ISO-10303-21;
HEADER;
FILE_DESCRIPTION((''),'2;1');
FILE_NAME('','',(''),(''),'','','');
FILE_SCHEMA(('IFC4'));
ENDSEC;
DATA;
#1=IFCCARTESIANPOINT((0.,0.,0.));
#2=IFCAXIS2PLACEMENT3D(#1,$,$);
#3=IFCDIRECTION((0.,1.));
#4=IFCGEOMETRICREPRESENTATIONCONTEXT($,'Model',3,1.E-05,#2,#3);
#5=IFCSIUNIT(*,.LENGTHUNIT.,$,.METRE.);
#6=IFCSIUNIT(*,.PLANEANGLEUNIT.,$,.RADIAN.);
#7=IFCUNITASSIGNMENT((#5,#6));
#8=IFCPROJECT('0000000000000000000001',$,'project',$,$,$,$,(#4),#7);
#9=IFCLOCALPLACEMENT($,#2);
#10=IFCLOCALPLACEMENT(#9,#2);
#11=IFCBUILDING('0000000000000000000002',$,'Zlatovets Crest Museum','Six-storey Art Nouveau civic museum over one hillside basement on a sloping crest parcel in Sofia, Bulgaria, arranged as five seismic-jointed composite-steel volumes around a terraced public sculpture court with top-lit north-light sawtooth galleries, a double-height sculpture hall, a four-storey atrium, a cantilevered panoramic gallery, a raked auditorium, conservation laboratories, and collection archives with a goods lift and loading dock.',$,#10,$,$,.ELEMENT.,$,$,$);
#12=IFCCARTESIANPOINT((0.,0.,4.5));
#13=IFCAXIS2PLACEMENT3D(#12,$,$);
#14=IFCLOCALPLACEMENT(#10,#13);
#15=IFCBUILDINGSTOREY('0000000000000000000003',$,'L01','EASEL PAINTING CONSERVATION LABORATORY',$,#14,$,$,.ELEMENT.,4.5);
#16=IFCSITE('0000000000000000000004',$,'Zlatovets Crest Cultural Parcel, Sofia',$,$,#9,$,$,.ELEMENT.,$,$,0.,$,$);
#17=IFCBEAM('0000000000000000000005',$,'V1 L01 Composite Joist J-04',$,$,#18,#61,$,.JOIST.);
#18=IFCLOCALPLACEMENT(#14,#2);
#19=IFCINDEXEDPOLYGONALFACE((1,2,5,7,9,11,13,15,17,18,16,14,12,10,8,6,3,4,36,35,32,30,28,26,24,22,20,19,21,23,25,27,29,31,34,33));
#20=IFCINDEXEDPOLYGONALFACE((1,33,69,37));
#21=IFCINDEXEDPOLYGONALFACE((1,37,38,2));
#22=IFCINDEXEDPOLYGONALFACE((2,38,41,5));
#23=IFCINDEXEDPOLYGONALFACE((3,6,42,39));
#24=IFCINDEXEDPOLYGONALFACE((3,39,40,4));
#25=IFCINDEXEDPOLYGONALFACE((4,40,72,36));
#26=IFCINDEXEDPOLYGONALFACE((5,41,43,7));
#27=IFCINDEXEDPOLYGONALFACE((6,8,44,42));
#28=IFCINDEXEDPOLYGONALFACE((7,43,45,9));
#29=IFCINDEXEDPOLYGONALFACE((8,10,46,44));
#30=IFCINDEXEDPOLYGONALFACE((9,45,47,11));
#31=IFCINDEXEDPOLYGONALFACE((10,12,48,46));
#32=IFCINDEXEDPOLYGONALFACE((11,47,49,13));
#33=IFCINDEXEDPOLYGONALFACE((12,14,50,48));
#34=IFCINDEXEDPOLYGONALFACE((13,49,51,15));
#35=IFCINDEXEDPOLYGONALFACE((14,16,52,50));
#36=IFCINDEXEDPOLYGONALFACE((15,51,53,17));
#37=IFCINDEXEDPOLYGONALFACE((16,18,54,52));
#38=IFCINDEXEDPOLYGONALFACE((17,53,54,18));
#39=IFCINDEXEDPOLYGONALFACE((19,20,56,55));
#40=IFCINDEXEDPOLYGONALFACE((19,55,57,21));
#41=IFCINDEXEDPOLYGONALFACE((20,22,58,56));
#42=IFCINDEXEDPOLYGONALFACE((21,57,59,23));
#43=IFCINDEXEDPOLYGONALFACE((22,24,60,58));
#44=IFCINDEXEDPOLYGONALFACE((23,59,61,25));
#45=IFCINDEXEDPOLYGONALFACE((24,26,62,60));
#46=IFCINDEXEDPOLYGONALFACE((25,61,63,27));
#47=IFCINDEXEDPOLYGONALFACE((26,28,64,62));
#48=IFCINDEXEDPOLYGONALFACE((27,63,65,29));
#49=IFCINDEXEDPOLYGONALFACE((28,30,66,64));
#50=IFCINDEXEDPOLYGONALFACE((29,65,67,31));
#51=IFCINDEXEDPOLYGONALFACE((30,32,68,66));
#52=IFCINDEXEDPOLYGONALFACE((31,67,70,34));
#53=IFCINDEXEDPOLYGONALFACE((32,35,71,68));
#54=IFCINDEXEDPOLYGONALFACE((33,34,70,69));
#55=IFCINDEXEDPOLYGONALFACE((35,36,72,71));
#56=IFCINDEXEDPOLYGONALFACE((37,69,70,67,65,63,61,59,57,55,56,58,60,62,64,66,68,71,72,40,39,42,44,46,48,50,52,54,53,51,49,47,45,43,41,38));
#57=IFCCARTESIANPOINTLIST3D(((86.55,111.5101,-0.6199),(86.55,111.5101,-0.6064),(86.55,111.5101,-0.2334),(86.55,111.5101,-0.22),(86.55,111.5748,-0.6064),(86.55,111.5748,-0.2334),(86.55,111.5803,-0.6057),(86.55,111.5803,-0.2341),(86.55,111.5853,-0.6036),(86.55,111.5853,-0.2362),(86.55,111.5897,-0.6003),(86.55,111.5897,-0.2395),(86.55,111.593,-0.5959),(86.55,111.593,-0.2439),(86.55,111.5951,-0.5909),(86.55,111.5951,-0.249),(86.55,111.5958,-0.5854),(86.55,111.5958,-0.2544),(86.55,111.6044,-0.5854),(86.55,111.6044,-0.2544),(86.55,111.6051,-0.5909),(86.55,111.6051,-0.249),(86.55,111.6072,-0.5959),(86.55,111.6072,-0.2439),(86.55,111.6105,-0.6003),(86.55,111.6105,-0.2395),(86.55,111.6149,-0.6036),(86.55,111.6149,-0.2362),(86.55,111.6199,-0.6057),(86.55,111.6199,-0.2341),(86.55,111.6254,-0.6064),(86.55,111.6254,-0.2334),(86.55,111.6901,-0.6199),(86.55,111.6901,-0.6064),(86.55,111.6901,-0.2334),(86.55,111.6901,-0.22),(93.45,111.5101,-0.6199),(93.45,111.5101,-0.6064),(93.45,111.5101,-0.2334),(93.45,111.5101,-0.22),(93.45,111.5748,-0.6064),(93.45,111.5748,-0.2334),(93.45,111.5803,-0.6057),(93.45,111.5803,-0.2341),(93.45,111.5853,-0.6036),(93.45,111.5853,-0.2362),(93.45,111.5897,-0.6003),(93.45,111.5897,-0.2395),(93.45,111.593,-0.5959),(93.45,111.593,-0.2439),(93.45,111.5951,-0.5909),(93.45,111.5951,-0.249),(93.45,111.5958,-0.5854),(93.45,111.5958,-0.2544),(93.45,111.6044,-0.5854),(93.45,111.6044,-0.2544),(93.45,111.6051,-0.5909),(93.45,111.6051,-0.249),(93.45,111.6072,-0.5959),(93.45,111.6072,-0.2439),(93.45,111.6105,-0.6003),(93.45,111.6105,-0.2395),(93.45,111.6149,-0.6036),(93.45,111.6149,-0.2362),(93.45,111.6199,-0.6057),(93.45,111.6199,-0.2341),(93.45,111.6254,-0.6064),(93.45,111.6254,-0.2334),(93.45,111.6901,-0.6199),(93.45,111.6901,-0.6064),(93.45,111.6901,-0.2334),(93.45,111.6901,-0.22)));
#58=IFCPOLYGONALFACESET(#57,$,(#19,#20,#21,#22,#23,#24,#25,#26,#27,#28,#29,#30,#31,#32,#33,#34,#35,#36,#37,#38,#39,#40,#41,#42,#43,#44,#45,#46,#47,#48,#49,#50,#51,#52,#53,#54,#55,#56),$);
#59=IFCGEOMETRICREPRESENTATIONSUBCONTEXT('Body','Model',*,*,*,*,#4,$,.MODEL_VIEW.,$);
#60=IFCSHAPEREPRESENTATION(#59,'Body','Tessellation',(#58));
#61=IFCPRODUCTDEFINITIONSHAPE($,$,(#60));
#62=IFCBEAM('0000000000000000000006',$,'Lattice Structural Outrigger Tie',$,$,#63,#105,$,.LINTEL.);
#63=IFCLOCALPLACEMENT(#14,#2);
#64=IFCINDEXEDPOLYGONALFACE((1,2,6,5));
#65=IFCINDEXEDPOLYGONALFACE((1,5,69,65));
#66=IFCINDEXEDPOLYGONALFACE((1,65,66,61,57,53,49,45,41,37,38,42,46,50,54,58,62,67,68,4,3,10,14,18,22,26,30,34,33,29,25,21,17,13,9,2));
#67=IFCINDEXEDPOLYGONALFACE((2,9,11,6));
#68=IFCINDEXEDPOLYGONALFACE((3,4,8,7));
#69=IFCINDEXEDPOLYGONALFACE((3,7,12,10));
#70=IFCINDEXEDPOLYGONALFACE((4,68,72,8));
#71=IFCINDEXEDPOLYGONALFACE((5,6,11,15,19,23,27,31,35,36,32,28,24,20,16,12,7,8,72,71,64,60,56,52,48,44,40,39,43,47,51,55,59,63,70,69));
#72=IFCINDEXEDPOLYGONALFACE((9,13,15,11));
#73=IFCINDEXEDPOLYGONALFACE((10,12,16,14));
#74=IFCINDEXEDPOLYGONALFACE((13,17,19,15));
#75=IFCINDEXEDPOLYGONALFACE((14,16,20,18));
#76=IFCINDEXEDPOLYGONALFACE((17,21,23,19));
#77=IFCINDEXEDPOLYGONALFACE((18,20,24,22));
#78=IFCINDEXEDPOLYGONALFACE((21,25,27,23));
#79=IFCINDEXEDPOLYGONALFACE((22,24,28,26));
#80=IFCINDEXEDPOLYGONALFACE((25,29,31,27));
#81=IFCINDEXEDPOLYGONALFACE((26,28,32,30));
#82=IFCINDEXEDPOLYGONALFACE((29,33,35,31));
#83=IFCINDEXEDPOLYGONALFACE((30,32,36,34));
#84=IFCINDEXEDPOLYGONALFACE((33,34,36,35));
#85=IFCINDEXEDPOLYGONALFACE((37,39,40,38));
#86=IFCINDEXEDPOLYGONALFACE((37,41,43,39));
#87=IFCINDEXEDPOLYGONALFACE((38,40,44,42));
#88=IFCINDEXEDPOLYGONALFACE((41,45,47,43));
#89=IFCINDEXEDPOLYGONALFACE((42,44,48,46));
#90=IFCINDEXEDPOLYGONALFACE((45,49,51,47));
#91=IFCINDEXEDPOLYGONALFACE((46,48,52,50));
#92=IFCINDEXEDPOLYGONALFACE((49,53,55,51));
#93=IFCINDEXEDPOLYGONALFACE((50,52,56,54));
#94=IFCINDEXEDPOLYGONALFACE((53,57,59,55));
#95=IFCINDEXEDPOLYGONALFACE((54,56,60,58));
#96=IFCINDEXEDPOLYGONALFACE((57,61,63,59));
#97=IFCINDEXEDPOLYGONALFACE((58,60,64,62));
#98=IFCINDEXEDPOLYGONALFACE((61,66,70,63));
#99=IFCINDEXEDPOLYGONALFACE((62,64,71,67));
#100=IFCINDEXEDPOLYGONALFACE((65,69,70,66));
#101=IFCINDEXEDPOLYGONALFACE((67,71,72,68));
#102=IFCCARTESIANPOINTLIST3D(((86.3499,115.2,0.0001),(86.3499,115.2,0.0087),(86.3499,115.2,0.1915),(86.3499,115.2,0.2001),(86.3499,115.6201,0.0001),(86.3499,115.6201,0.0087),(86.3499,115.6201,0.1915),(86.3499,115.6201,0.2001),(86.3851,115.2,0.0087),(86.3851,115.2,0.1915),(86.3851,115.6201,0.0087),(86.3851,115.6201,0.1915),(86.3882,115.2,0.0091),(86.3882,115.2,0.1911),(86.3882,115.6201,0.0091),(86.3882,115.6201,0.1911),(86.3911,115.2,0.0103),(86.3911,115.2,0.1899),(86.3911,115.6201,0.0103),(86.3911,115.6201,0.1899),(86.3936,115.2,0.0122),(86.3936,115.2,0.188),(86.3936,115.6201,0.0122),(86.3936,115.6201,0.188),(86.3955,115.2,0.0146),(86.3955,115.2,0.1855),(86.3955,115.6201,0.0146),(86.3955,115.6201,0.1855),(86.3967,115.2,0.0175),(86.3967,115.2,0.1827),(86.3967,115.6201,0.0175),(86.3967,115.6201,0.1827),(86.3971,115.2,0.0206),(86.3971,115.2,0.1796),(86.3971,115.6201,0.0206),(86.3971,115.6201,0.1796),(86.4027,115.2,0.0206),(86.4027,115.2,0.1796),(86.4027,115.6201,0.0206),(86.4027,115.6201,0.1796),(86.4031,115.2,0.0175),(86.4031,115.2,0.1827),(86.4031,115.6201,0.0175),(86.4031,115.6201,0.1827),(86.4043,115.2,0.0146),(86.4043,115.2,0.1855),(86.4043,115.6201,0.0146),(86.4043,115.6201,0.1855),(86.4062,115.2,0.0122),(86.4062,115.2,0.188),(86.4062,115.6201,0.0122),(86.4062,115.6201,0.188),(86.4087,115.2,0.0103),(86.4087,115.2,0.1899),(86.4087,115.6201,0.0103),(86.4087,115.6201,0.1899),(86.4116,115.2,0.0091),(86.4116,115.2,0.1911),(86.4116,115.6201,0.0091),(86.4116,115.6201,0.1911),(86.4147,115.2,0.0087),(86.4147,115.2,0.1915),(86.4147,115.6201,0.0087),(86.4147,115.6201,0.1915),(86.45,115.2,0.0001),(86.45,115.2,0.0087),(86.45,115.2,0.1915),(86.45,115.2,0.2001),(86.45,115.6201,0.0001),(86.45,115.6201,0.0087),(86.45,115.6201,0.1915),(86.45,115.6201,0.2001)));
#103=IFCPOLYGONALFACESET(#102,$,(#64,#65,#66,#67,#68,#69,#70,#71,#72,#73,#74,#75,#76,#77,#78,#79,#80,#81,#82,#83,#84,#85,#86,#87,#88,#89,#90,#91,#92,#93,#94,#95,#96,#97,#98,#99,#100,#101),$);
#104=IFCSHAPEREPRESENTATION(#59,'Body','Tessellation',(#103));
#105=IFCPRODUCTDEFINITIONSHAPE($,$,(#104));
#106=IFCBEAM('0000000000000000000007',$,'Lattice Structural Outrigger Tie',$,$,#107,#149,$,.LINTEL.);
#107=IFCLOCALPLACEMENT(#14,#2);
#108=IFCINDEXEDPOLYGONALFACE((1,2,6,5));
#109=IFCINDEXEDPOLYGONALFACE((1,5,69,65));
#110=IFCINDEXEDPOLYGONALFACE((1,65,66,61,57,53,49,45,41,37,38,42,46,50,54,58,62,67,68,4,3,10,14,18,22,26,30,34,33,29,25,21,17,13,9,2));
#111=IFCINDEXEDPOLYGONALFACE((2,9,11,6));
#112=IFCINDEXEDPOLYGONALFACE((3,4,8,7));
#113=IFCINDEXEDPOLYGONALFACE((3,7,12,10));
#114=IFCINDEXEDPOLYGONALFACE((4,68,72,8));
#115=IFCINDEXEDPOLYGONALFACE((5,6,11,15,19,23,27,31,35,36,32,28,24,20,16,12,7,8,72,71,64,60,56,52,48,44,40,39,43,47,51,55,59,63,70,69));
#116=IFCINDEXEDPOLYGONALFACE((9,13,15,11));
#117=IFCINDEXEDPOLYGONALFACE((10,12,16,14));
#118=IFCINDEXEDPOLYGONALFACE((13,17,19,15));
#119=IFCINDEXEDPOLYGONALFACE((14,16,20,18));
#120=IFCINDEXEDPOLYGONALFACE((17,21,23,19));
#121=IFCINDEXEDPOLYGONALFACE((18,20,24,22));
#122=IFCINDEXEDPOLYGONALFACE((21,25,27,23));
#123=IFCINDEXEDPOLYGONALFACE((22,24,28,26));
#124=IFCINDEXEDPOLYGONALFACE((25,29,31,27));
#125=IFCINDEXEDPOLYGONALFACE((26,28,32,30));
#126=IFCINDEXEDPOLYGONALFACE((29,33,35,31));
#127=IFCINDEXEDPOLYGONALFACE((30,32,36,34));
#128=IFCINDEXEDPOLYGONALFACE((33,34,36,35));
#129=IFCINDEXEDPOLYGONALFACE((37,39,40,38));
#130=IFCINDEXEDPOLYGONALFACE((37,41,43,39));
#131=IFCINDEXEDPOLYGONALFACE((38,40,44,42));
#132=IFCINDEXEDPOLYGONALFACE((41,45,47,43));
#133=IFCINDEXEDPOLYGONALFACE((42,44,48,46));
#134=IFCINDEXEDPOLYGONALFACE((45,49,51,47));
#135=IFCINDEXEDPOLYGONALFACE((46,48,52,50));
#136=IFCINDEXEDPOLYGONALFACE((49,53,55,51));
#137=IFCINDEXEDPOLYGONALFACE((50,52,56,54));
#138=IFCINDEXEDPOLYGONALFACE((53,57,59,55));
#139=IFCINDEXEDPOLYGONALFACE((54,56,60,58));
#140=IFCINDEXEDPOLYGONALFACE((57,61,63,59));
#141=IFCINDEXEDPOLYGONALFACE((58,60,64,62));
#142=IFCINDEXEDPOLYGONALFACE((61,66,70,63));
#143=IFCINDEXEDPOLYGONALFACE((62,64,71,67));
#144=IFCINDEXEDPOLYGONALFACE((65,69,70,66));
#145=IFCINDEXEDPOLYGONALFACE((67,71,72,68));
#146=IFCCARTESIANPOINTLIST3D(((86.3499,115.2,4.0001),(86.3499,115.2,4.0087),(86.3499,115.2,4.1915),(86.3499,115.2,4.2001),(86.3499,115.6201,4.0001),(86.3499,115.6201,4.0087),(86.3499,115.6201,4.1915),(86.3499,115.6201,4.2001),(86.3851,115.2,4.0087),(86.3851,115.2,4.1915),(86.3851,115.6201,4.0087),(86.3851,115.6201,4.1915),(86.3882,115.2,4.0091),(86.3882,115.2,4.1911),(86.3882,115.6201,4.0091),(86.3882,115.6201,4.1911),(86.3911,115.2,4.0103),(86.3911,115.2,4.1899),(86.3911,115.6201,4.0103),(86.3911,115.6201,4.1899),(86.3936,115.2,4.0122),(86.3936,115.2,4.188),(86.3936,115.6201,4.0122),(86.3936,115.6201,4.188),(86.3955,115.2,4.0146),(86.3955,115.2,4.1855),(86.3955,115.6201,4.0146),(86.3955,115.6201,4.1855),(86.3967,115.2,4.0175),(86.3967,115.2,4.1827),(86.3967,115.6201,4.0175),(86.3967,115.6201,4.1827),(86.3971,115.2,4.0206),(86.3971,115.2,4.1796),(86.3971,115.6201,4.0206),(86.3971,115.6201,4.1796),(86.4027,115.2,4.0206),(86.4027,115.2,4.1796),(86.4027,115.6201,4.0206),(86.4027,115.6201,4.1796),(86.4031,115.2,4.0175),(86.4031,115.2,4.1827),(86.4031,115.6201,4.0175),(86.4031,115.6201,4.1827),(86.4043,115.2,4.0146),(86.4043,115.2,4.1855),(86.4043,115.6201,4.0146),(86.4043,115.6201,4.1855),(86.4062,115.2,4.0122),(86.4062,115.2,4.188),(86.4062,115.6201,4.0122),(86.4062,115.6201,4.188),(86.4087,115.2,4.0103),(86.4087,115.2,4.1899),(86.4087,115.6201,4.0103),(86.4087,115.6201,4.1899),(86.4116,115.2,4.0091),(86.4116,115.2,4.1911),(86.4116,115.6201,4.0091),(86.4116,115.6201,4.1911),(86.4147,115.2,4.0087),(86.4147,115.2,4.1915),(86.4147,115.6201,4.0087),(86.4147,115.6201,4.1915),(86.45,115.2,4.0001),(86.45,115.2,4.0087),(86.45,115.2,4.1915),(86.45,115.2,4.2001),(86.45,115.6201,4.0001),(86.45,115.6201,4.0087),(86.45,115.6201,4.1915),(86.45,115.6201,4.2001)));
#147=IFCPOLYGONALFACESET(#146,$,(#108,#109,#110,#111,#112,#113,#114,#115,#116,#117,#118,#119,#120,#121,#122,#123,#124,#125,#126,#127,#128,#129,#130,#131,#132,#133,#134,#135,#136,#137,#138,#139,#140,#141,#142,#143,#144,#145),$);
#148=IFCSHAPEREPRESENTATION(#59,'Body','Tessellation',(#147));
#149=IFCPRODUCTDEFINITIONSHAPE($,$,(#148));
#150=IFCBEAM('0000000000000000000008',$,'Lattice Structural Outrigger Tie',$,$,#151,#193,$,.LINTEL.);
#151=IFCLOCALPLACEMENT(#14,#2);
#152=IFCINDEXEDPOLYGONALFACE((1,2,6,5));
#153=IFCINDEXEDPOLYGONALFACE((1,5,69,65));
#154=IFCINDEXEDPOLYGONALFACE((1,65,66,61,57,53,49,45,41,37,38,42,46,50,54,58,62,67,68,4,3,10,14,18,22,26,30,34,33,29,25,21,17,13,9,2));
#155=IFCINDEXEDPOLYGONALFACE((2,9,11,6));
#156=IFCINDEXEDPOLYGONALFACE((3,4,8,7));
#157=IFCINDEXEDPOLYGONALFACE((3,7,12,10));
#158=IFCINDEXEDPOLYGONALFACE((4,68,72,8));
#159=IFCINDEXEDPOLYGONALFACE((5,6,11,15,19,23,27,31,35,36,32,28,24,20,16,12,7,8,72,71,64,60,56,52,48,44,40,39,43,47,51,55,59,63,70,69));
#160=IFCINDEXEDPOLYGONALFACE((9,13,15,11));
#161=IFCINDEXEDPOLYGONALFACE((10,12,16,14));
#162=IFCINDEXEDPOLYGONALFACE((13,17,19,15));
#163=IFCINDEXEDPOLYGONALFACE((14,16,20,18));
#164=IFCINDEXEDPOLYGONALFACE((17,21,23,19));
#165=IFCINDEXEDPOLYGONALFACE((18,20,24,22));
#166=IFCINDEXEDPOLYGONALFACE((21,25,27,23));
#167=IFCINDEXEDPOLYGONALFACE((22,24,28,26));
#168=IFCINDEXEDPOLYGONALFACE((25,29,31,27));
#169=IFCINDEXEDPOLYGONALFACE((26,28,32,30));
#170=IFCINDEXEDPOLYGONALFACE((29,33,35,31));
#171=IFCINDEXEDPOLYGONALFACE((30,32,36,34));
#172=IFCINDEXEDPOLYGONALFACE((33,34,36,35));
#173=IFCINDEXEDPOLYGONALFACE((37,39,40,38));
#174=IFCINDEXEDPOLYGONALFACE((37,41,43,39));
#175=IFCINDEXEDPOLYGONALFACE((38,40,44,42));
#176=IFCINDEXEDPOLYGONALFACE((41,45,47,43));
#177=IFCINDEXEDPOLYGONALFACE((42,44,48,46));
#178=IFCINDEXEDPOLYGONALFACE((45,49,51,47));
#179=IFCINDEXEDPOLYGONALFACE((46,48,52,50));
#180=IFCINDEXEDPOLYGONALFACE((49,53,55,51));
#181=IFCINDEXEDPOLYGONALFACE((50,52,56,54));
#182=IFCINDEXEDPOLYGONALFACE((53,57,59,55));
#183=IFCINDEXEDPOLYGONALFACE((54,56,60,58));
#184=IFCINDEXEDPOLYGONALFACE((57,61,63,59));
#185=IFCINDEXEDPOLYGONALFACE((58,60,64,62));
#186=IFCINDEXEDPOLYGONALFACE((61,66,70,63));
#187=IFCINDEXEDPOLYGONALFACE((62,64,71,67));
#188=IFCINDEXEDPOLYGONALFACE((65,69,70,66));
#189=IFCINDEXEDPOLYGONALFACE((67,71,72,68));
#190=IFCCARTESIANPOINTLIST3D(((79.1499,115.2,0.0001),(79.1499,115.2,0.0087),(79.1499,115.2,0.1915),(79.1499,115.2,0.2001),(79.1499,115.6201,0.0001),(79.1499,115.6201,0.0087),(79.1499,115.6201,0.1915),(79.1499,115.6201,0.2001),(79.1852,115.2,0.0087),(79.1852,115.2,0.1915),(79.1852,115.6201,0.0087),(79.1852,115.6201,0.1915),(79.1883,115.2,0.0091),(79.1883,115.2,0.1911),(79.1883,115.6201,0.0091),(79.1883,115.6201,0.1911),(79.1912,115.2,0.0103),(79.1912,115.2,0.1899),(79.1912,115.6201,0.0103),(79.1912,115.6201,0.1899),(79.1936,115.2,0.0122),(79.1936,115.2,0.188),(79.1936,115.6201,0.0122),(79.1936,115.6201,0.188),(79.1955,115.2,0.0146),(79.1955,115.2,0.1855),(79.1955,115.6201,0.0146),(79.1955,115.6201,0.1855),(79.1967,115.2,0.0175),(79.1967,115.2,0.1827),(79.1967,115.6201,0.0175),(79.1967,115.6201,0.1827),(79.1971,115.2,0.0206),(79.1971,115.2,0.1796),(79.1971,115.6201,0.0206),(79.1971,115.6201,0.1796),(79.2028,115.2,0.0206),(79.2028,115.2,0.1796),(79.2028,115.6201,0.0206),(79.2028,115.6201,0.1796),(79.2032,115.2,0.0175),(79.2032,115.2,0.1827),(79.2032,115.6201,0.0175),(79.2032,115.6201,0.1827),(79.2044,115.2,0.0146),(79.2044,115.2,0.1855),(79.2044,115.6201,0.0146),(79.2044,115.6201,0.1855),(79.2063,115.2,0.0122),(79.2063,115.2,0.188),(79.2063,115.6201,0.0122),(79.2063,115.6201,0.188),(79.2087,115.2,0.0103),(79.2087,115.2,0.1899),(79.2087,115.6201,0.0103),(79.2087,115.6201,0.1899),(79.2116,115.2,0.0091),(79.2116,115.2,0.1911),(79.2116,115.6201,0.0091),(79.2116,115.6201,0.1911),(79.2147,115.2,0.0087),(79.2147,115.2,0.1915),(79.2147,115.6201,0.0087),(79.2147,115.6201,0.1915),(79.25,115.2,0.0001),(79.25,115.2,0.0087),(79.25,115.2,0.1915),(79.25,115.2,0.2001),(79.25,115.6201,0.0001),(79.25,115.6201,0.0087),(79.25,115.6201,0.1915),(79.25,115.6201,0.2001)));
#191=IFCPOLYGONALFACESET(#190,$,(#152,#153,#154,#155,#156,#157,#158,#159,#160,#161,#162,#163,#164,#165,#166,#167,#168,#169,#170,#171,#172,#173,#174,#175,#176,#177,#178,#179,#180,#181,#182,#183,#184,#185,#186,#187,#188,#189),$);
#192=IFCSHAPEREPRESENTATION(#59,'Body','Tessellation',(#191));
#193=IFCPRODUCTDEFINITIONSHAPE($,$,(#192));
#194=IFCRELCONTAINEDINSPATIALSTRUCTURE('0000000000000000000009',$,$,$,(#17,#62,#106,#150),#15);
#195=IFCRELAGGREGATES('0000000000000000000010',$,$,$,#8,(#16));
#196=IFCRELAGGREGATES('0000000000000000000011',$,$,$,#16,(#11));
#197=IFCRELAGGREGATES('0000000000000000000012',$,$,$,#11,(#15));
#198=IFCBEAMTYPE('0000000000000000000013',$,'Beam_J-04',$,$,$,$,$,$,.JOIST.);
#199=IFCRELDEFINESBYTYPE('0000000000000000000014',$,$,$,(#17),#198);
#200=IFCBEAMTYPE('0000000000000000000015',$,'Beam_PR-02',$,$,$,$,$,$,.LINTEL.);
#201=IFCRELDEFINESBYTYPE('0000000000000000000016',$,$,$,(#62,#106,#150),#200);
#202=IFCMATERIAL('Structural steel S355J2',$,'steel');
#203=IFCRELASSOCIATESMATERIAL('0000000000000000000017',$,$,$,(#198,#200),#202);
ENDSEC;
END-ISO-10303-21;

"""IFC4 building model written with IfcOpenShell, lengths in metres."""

from ifc_helpers import new_model, si_unit, direction, frame, origin, origin_2d, place, context, subcontext, project, spatial, i_section, extrude, material, material_profile, profile_set, type_object, element, save


model = new_model("IFC4")

# Units and contexts
model_context = context("Model", 3, precision=1e-05, world=origin(), true_north=direction((0.0, 1.0)))
body_context = subcontext(model_context, "Body", "Model", "MODEL_VIEW")
ifc_project = project(units=[si_unit("LENGTHUNIT", "METRE"), si_unit("PLANEANGLEUNIT", "RADIAN")], contexts=[model_context])

# Site, building, storey
site_placement = place(None, origin())
site = spatial("IfcSite", under=ifc_project, at=site_placement, Name="Zlatovets Crest Cultural Parcel, Sofia", CompositionType="ELEMENT", RefElevation=0.0)
building_placement = place(site_placement, origin())
building = spatial("IfcBuilding", under=site, at=building_placement, Name="Zlatovets Crest Museum", Description="Six-storey Art Nouveau civic museum over one hillside basement on a sloping crest parcel in Sofia, Bulgaria, arranged as five seismic-jointed composite-steel volumes around a terraced public sculpture court with top-lit north-light sawtooth galleries, a double-height sculpture hall, a four-storey atrium, a cantilevered panoramic gallery, a raked auditorium, conservation laboratories, and collection archives with a goods lift and loading dock.", CompositionType="ELEMENT")
storey_placement = place(building_placement, frame((0.0, 0.0, 4.5)))
storey = spatial("IfcBuildingStorey", under=building, at=storey_placement, Name="L01", Description="EASEL PAINTING CONSERVATION LABORATORY", CompositionType="ELEMENT", Elevation=4.5)

# Shared definitions
ifc_material_1 = material(Name="Structural steel S355J2", Category="steel")

# Beams
ifc_material_profile_1 = material_profile(ifc_material_1, i_section(OverallWidth=0.1799, OverallDepth=0.3999, WebThickness=0.0085, FlangeThickness=0.0134, FilletRadius=0.021, at=origin_2d()), Name="IPE 400")
ifc_profile_set_1 = profile_set([ifc_material_profile_1], Name="Structural steel S355J2")
beam_type_1 = type_object("IfcBeamType", Name="Beam_J-04", PredefinedType="JOIST", material=ifc_profile_set_1)
for number, where, z_axis, x_axis, name in (
    (1, (86.55, 111.6001, -0.4199), (1.0, 0.0, 0.0), (0.0, 1.0, 0.0), "V1 L01 Composite Joist J-04"),
):
    element("IfcBeam", number, at=place(storey_placement, frame(where, z_axis=z_axis, x_axis=x_axis)), inside=storey, type_object=beam_type_1, Name=name, PredefinedType="JOIST", context=body_context, shape_type="SweptSolid", body=[
        extrude(i_section(OverallWidth=0.1799, OverallDepth=0.3999, WebThickness=0.0085, FlangeThickness=0.0134, FilletRadius=0.021, at=origin_2d()), origin(), (0.0, 0.0, 1.0), 6.8999),
    ])
ifc_material_profile_2 = material_profile(ifc_material_1, i_section(OverallWidth=0.1001, OverallDepth=0.2, WebThickness=0.0056, FlangeThickness=0.0085, FilletRadius=0.012, at=origin_2d()), Name="IPE 200")
ifc_profile_set_2 = profile_set([ifc_material_profile_2], Name="Structural steel S355J2")
beam_type_2 = type_object("IfcBeamType", Name="Beam_PR-02", PredefinedType="LINTEL", material=ifc_profile_set_2)
for number, where, z_axis, x_axis, name in (
    (2, (86.3999, 115.2, 0.1001), (0.0, 1.0, 0.0), (-1.0, 0.0, 0.0), "Lattice Structural Outrigger Tie"),
    (3, (86.3999, 115.2, 4.1001), (0.0, 1.0, 0.0), (-1.0, 0.0, 0.0), "Lattice Structural Outrigger Tie"),
    (4, (79.2, 115.2, 0.1001), (0.0, 1.0, 0.0), (-1.0, 0.0, 0.0), "Lattice Structural Outrigger Tie"),
):
    element("IfcBeam", number, at=place(storey_placement, frame(where, z_axis=z_axis, x_axis=x_axis)), inside=storey, type_object=beam_type_2, Name=name, PredefinedType="LINTEL", context=body_context, shape_type="SweptSolid", body=[
        extrude(i_section(OverallWidth=0.1001, OverallDepth=0.2, WebThickness=0.0056, FlangeThickness=0.0085, FilletRadius=0.012, at=origin_2d()), origin(), (0.0, 0.0, 1.0), 0.4202),
    ])

save(model, "model.ifc")
